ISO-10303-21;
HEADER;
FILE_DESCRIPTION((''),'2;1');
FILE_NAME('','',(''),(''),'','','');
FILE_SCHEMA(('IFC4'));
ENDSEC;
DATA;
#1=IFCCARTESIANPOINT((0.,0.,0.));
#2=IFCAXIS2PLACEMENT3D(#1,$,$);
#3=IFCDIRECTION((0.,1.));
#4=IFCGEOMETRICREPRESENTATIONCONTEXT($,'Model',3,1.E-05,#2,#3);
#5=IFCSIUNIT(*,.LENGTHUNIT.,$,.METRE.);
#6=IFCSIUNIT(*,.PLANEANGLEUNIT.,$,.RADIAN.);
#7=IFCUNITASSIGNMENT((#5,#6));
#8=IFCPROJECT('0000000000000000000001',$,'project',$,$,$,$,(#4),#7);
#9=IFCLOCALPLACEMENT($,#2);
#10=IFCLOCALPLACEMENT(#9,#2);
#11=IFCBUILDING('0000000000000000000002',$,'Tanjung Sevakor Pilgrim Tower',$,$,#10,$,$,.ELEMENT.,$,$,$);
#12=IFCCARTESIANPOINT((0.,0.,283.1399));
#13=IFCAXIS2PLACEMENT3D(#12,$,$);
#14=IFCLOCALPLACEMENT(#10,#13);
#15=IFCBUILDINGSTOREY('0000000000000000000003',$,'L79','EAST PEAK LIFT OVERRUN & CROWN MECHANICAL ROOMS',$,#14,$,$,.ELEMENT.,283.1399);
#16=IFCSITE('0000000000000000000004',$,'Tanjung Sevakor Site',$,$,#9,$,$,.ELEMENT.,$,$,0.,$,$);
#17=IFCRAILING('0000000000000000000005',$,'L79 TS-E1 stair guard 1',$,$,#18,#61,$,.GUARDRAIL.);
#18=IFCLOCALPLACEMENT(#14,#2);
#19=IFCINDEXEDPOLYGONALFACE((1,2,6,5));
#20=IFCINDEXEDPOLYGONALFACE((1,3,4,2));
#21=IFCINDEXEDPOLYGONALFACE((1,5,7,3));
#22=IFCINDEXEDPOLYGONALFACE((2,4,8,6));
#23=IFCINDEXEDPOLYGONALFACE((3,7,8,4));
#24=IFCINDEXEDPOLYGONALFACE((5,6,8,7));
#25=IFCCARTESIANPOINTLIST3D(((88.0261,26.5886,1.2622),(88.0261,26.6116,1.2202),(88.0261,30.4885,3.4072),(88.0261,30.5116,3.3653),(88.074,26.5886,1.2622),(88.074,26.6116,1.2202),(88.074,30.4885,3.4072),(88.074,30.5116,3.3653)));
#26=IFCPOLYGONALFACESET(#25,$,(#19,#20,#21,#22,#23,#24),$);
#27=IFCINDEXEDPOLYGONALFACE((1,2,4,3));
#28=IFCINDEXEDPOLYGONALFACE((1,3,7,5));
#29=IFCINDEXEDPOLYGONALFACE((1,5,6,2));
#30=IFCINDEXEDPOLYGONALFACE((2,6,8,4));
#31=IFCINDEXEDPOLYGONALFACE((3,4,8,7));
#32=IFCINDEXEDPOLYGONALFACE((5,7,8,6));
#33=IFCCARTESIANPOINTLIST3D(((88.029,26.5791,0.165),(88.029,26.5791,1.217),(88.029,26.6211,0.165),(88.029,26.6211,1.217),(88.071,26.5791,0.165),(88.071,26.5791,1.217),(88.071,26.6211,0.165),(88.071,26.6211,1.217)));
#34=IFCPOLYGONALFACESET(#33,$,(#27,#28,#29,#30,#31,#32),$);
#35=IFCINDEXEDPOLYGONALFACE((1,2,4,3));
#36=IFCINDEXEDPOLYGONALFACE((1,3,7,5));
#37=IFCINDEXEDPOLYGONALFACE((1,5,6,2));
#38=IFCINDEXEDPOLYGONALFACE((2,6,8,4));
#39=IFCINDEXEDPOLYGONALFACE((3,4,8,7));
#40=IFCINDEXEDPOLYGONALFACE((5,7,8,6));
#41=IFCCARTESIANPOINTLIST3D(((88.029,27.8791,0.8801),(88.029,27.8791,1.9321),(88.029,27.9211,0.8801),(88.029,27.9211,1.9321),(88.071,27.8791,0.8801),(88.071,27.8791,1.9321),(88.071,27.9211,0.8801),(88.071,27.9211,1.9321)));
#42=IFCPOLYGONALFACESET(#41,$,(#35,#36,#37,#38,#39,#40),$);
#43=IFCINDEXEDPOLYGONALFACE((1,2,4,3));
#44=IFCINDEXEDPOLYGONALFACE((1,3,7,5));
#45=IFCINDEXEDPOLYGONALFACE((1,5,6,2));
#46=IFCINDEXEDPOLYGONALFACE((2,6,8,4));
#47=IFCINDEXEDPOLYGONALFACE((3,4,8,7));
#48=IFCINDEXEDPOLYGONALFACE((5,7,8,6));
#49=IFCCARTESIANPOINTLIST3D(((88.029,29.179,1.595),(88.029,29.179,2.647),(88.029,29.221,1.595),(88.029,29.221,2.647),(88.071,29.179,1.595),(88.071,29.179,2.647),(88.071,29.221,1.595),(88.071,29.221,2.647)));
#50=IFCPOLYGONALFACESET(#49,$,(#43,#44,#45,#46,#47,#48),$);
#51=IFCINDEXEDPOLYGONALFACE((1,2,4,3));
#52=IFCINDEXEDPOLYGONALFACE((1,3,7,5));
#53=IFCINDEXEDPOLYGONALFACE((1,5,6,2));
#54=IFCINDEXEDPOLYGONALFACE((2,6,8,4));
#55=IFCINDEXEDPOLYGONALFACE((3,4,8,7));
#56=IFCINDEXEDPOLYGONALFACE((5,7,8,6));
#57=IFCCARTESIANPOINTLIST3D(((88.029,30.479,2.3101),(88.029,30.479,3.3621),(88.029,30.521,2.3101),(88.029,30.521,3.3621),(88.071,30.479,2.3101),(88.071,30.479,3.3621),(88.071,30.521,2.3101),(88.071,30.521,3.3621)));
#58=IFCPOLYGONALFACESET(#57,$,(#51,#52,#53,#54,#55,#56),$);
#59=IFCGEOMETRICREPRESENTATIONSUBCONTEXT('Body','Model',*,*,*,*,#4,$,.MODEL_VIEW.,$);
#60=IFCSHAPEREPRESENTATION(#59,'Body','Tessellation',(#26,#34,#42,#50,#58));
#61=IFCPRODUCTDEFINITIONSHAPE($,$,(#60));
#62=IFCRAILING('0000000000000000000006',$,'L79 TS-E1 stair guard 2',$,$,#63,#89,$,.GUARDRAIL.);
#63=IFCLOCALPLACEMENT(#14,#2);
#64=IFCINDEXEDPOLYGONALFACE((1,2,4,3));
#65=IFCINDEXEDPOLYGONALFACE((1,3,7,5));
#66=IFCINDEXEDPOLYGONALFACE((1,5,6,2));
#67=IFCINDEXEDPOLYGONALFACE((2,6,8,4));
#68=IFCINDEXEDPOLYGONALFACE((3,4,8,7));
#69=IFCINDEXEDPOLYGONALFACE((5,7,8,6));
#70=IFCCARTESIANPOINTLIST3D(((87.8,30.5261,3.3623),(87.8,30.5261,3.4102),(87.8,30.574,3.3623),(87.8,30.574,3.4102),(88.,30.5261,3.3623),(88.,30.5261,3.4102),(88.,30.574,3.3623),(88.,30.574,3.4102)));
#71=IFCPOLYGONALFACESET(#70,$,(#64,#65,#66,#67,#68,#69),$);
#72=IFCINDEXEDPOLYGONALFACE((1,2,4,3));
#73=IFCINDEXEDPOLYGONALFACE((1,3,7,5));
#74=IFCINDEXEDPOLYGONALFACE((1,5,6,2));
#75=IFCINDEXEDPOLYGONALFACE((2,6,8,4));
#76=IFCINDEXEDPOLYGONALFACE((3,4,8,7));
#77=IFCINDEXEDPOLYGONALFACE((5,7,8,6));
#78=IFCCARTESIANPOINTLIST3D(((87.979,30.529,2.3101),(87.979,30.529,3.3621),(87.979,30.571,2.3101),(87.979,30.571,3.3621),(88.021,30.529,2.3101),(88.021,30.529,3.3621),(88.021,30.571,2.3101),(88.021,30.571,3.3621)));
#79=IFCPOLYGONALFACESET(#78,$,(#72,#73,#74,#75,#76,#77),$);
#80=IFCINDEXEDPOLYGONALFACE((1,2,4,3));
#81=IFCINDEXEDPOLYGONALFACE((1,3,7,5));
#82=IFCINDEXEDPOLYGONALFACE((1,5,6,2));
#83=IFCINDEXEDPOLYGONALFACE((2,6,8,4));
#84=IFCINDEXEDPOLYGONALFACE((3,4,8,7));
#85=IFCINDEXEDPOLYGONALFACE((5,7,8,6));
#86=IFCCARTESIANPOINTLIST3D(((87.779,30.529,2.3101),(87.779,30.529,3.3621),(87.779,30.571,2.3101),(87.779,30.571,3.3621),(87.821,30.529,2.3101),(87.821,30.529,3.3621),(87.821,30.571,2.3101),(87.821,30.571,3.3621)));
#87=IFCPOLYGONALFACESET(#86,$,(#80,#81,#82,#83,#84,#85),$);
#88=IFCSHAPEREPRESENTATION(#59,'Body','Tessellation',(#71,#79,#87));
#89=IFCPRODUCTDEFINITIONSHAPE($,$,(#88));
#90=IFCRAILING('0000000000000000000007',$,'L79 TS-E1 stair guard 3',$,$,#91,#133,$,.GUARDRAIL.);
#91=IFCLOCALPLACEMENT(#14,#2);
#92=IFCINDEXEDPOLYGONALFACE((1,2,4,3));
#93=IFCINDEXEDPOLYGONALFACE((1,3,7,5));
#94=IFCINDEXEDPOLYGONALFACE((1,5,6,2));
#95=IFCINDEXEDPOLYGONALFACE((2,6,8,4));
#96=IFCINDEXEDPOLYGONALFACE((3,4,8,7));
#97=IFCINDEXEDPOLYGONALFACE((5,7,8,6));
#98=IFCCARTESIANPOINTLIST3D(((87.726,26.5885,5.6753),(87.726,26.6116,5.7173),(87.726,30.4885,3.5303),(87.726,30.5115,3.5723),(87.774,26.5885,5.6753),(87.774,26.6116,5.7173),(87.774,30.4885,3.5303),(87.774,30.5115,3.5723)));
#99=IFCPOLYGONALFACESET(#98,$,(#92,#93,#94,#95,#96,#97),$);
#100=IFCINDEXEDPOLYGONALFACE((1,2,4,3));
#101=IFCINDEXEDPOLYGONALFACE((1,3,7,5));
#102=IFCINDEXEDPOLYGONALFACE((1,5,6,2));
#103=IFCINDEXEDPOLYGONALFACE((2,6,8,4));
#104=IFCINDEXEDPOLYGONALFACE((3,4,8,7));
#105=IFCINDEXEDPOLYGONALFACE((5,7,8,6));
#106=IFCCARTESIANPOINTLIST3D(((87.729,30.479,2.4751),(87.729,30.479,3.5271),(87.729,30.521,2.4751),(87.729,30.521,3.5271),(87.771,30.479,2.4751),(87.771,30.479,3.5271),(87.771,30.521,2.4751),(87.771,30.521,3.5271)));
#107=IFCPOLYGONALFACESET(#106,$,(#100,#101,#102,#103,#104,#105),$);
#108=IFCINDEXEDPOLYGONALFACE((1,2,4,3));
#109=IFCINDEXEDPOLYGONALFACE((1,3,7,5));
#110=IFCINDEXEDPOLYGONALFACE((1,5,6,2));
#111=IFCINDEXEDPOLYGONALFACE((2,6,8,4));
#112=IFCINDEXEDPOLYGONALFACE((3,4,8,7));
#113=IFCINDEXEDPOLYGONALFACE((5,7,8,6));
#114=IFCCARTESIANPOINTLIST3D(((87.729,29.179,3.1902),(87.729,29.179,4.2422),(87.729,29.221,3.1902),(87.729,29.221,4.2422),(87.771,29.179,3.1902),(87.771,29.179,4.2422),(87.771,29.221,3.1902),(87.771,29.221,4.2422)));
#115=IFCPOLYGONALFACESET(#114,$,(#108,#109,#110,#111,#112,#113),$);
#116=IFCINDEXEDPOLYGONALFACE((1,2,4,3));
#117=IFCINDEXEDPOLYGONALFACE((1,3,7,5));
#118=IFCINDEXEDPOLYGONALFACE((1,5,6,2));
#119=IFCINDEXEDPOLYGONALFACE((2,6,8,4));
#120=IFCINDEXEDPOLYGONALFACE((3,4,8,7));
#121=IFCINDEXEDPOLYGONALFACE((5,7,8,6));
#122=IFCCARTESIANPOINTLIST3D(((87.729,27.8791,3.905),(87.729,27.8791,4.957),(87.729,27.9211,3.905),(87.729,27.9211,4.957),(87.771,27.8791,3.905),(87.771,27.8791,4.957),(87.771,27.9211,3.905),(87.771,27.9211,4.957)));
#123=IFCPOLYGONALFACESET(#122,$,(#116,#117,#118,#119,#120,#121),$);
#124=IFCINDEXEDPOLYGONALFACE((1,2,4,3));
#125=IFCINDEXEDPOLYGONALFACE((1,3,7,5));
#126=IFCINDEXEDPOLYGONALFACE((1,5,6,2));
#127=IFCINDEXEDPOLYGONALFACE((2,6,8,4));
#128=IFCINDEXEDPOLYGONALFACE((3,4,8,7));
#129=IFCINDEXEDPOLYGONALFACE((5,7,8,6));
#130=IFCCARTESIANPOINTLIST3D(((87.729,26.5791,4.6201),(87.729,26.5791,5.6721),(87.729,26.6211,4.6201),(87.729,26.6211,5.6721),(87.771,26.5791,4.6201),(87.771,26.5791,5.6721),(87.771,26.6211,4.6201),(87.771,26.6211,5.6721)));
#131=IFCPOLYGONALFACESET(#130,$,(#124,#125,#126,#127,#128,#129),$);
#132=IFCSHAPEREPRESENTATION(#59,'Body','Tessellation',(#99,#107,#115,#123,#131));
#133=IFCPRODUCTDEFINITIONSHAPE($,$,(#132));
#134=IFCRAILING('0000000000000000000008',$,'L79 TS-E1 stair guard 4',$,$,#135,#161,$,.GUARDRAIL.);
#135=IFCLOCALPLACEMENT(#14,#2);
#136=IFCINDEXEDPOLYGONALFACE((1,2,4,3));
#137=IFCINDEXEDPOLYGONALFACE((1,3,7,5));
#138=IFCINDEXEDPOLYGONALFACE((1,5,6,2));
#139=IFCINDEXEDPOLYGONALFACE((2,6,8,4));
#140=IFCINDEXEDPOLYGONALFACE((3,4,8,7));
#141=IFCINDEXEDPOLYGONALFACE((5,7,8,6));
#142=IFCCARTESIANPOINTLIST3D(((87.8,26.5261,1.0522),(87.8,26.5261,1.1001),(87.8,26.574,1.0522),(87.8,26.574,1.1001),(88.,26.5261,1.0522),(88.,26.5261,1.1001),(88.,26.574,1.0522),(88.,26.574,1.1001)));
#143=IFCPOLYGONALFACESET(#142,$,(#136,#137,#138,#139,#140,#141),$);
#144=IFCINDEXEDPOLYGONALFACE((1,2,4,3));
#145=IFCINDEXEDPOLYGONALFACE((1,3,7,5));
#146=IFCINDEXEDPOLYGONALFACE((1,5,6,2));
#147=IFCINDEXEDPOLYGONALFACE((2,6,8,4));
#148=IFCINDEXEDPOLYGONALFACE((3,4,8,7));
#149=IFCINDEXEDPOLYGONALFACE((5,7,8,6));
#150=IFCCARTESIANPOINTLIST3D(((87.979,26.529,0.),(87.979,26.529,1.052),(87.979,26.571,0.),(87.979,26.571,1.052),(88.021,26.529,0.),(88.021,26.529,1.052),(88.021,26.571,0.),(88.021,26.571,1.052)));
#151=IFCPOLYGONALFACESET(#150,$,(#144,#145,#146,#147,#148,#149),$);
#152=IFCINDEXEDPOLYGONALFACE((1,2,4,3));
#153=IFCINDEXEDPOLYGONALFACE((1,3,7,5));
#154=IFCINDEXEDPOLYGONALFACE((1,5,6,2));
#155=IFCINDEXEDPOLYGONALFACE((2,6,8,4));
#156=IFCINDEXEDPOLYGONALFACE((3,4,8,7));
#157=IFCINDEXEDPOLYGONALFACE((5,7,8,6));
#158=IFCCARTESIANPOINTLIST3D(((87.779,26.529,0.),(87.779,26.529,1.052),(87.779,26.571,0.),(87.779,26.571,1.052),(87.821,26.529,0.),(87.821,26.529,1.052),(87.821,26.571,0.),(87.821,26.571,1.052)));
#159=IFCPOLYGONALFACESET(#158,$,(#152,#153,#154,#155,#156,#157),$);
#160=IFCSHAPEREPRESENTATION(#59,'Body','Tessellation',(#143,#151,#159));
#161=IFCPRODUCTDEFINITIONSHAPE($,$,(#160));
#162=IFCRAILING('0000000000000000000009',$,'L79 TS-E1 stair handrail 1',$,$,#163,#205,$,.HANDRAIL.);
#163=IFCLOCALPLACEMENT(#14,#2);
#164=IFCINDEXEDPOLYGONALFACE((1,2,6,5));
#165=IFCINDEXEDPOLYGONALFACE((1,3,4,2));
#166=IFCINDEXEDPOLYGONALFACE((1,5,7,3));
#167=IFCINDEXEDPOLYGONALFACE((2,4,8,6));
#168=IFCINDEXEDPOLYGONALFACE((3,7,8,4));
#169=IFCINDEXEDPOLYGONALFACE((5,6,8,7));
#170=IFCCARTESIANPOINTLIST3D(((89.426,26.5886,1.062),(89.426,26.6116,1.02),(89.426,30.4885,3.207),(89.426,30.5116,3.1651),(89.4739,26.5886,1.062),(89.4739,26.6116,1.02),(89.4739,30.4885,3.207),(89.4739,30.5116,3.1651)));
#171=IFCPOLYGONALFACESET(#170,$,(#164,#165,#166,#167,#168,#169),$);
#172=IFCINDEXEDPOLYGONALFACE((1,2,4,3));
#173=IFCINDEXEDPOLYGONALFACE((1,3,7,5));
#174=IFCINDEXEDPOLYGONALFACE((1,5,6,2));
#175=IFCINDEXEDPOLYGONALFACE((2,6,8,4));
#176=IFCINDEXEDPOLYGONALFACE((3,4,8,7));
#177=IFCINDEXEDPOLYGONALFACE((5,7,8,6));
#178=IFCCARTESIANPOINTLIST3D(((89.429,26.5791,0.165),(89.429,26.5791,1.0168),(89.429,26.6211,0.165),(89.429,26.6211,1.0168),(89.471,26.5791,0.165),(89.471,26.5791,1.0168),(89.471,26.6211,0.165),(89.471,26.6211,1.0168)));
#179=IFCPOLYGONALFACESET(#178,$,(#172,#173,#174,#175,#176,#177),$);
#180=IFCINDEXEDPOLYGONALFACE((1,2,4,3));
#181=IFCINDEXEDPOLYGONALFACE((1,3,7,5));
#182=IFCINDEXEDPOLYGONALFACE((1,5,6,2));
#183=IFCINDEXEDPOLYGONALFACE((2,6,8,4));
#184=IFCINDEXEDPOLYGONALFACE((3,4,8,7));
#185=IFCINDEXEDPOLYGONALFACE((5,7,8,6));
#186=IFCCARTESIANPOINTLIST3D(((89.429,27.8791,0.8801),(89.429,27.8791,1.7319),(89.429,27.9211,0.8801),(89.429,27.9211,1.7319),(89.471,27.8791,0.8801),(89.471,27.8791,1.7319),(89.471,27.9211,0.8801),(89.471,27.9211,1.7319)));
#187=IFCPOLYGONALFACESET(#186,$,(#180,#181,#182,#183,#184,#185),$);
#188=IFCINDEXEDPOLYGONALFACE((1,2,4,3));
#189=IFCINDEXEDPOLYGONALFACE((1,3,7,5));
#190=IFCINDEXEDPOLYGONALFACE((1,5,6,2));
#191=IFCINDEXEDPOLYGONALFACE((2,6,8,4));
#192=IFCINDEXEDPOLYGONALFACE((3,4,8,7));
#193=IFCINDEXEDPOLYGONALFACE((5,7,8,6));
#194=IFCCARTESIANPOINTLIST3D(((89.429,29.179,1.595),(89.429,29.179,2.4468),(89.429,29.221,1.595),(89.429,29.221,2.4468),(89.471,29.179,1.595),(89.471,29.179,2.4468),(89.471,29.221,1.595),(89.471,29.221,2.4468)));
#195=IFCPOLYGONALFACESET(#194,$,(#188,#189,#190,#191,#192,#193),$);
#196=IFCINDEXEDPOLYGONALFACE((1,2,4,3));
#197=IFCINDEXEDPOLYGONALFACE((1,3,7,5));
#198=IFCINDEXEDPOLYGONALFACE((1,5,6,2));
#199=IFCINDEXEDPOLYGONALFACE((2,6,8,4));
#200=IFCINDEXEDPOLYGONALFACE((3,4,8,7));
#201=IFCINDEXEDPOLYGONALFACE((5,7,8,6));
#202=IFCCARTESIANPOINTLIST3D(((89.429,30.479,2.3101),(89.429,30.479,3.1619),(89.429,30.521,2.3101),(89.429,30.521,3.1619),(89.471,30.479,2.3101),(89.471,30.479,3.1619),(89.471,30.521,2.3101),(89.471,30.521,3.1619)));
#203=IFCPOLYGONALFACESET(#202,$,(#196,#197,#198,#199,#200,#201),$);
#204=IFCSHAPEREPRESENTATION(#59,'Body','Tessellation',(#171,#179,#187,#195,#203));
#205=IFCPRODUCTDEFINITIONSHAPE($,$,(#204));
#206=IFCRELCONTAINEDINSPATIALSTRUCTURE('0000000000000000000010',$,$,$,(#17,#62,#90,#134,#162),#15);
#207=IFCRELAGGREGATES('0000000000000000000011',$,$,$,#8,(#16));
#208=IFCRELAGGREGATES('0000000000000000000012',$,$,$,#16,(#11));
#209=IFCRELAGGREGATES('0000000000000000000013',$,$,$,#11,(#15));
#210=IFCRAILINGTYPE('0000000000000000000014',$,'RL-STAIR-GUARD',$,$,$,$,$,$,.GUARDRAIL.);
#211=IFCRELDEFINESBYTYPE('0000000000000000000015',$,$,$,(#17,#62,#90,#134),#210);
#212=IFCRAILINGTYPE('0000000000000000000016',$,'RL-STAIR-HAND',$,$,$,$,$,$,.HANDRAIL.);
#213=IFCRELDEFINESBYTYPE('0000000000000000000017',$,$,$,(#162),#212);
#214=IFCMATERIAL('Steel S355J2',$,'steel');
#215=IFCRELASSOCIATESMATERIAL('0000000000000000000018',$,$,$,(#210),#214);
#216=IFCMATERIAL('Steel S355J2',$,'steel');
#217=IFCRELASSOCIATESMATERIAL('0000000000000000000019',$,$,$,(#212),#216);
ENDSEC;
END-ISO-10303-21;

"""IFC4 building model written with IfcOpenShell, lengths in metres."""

from ifc_helpers import new_model, si_unit, direction, frame, origin, place, context, subcontext, project, spatial, rectangle, extrude, material, type_object, element, save


model = new_model("IFC4")

# Units and contexts
model_context = context("Model", 3, precision=1e-05, world=origin(), true_north=direction((0.0, 1.0)))
body_context = subcontext(model_context, "Body", "Model", "MODEL_VIEW")
ifc_project = project(units=[si_unit("LENGTHUNIT", "METRE"), si_unit("PLANEANGLEUNIT", "RADIAN")], contexts=[model_context])

# Site, building, storey
site_placement = place(None, origin())
site = spatial("IfcSite", under=ifc_project, at=site_placement, Name="Tanjung Sevakor Site", CompositionType="ELEMENT", RefElevation=0.0)
building_placement = place(site_placement, origin())
building = spatial("IfcBuilding", under=site, at=building_placement, Name="Tanjung Sevakor Pilgrim Tower", CompositionType="ELEMENT")
storey_placement = place(building_placement, frame((0.0, 0.0, 283.1399)))
storey = spatial("IfcBuildingStorey", under=building, at=storey_placement, Name="L79", Description="EAST PEAK LIFT OVERRUN & CROWN MECHANICAL ROOMS", CompositionType="ELEMENT", Elevation=283.1399)

# Railings
ifc_material_1 = material(Name="Steel S355J2", Category="steel")
railing_type_1 = type_object("IfcRailingType", Name="RL-STAIR-GUARD", PredefinedType="GUARDRAIL", material=ifc_material_1)
railing_1_placement = place(storey_placement, frame((88.05, 26.6001, 0.165)))
element("IfcRailing", 1, at=railing_1_placement, inside=storey, type_object=railing_type_1, Name="L79 TS-E1 stair guard 1", PredefinedType="GUARDRAIL", context=body_context, shape_type="SweptSolid", body=[
    extrude(rectangle(XDim=0.0479, YDim=0.0479), frame((0.0, 0.0, 1.0762), z_axis=(0.0, 0.876209, 0.481931), x_axis=(-1.0, 0.0, 0.0)), (0.0, 0.0, 1.0), 4.4509),
    extrude(rectangle(XDim=0.042, YDim=0.042), origin(), (0.0, 0.0, 1.0), 1.052),
    extrude(rectangle(XDim=0.042, YDim=0.042), frame((0.0, 1.3, 0.7151)), (0.0, 0.0, 1.0), 1.052),
    extrude(rectangle(XDim=0.042, YDim=0.042), frame((0.0, 2.5999, 1.4299)), (0.0, 0.0, 1.0), 1.052),
    extrude(rectangle(XDim=0.042, YDim=0.042), frame((0.0, 3.8999, 2.145)), (0.0, 0.0, 1.0), 1.052),
])
railing_2_placement = place(storey_placement, frame((88.0, 30.55, 2.3101)))
element("IfcRailing", 2, at=railing_2_placement, inside=storey, type_object=railing_type_1, Name="L79 TS-E1 stair guard 2", PredefinedType="GUARDRAIL", context=body_context, shape_type="SweptSolid", body=[
    extrude(rectangle(XDim=0.0479, YDim=0.0479), frame((0.0, 0.0, 1.0762), z_axis=(-1.0, 0.0, 0.0), x_axis=(0.0, -1.0, 0.0)), (0.0, 0.0, 1.0), 0.2),
    extrude(rectangle(XDim=0.042, YDim=0.042), origin(), (0.0, 0.0, 1.0), 1.052),
    extrude(rectangle(XDim=0.042, YDim=0.042), frame((-0.2, 0.0, 0.0)), (0.0, 0.0, 1.0), 1.052),
])
railing_3_placement = place(storey_placement, frame((87.75, 30.5, 2.4751)))
element("IfcRailing", 3, at=railing_3_placement, inside=storey, type_object=railing_type_1, Name="L79 TS-E1 stair guard 3", PredefinedType="GUARDRAIL", context=body_context, shape_type="SweptSolid", body=[
    extrude(rectangle(XDim=0.0479, YDim=0.0479), frame((0.0, 0.0, 1.0762), z_axis=(0.0, -0.876209, 0.481931), x_axis=(1.0, 0.0, 0.0)), (0.0, 0.0, 1.0), 4.4509),
    extrude(rectangle(XDim=0.042, YDim=0.042), origin(), (0.0, 0.0, 1.0), 1.052),
    extrude(rectangle(XDim=0.042, YDim=0.042), frame((0.0, -1.3, 0.7151)), (0.0, 0.0, 1.0), 1.052),
    extrude(rectangle(XDim=0.042, YDim=0.042), frame((0.0, -2.5999, 1.4299)), (0.0, 0.0, 1.0), 1.052),
    extrude(rectangle(XDim=0.042, YDim=0.042), frame((0.0, -3.8999, 2.145)), (0.0, 0.0, 1.0), 1.052),
])
railing_4_placement = place(storey_placement, frame((88.0, 26.55, 0.0)))
element("IfcRailing", 4, at=railing_4_placement, inside=storey, type_object=railing_type_1, Name="L79 TS-E1 stair guard 4", PredefinedType="GUARDRAIL", context=body_context, shape_type="SweptSolid", body=[
    extrude(rectangle(XDim=0.0479, YDim=0.0479), frame((0.0, 0.0, 1.0762), z_axis=(-1.0, 0.0, 0.0), x_axis=(0.0, -1.0, 0.0)), (0.0, 0.0, 1.0), 0.2),
    extrude(rectangle(XDim=0.042, YDim=0.042), origin(), (0.0, 0.0, 1.0), 1.052),
    extrude(rectangle(XDim=0.042, YDim=0.042), frame((-0.2, 0.0, 0.0)), (0.0, 0.0, 1.0), 1.052),
])
ifc_material_2 = material(Name="Steel S355J2", Category="steel")
railing_type_2 = type_object("IfcRailingType", Name="RL-STAIR-HAND", PredefinedType="HANDRAIL", material=ifc_material_2)
railing_5_placement = place(storey_placement, frame((89.45, 26.6001, 0.165)))
element("IfcRailing", 5, at=railing_5_placement, inside=storey, type_object=railing_type_2, Name="L79 TS-E1 stair handrail 1", PredefinedType="HANDRAIL", context=body_context, shape_type="SweptSolid", body=[
    extrude(rectangle(XDim=0.0479, YDim=0.0479), frame((0.0, 0.0, 0.876), z_axis=(0.0, 0.876209, 0.481931), x_axis=(-1.0, 0.0, 0.0)), (0.0, 0.0, 1.0), 4.4509),
    extrude(rectangle(XDim=0.042, YDim=0.042), origin(), (0.0, 0.0, 1.0), 0.8518),
    extrude(rectangle(XDim=0.042, YDim=0.042), frame((0.0, 1.3, 0.7151)), (0.0, 0.0, 1.0), 0.8518),
    extrude(rectangle(XDim=0.042, YDim=0.042), frame((0.0, 2.5999, 1.4299)), (0.0, 0.0, 1.0), 0.8518),
    extrude(rectangle(XDim=0.042, YDim=0.042), frame((0.0, 3.8999, 2.145)), (0.0, 0.0, 1.0), 0.8518),
])

save(model, "model.ifc")
